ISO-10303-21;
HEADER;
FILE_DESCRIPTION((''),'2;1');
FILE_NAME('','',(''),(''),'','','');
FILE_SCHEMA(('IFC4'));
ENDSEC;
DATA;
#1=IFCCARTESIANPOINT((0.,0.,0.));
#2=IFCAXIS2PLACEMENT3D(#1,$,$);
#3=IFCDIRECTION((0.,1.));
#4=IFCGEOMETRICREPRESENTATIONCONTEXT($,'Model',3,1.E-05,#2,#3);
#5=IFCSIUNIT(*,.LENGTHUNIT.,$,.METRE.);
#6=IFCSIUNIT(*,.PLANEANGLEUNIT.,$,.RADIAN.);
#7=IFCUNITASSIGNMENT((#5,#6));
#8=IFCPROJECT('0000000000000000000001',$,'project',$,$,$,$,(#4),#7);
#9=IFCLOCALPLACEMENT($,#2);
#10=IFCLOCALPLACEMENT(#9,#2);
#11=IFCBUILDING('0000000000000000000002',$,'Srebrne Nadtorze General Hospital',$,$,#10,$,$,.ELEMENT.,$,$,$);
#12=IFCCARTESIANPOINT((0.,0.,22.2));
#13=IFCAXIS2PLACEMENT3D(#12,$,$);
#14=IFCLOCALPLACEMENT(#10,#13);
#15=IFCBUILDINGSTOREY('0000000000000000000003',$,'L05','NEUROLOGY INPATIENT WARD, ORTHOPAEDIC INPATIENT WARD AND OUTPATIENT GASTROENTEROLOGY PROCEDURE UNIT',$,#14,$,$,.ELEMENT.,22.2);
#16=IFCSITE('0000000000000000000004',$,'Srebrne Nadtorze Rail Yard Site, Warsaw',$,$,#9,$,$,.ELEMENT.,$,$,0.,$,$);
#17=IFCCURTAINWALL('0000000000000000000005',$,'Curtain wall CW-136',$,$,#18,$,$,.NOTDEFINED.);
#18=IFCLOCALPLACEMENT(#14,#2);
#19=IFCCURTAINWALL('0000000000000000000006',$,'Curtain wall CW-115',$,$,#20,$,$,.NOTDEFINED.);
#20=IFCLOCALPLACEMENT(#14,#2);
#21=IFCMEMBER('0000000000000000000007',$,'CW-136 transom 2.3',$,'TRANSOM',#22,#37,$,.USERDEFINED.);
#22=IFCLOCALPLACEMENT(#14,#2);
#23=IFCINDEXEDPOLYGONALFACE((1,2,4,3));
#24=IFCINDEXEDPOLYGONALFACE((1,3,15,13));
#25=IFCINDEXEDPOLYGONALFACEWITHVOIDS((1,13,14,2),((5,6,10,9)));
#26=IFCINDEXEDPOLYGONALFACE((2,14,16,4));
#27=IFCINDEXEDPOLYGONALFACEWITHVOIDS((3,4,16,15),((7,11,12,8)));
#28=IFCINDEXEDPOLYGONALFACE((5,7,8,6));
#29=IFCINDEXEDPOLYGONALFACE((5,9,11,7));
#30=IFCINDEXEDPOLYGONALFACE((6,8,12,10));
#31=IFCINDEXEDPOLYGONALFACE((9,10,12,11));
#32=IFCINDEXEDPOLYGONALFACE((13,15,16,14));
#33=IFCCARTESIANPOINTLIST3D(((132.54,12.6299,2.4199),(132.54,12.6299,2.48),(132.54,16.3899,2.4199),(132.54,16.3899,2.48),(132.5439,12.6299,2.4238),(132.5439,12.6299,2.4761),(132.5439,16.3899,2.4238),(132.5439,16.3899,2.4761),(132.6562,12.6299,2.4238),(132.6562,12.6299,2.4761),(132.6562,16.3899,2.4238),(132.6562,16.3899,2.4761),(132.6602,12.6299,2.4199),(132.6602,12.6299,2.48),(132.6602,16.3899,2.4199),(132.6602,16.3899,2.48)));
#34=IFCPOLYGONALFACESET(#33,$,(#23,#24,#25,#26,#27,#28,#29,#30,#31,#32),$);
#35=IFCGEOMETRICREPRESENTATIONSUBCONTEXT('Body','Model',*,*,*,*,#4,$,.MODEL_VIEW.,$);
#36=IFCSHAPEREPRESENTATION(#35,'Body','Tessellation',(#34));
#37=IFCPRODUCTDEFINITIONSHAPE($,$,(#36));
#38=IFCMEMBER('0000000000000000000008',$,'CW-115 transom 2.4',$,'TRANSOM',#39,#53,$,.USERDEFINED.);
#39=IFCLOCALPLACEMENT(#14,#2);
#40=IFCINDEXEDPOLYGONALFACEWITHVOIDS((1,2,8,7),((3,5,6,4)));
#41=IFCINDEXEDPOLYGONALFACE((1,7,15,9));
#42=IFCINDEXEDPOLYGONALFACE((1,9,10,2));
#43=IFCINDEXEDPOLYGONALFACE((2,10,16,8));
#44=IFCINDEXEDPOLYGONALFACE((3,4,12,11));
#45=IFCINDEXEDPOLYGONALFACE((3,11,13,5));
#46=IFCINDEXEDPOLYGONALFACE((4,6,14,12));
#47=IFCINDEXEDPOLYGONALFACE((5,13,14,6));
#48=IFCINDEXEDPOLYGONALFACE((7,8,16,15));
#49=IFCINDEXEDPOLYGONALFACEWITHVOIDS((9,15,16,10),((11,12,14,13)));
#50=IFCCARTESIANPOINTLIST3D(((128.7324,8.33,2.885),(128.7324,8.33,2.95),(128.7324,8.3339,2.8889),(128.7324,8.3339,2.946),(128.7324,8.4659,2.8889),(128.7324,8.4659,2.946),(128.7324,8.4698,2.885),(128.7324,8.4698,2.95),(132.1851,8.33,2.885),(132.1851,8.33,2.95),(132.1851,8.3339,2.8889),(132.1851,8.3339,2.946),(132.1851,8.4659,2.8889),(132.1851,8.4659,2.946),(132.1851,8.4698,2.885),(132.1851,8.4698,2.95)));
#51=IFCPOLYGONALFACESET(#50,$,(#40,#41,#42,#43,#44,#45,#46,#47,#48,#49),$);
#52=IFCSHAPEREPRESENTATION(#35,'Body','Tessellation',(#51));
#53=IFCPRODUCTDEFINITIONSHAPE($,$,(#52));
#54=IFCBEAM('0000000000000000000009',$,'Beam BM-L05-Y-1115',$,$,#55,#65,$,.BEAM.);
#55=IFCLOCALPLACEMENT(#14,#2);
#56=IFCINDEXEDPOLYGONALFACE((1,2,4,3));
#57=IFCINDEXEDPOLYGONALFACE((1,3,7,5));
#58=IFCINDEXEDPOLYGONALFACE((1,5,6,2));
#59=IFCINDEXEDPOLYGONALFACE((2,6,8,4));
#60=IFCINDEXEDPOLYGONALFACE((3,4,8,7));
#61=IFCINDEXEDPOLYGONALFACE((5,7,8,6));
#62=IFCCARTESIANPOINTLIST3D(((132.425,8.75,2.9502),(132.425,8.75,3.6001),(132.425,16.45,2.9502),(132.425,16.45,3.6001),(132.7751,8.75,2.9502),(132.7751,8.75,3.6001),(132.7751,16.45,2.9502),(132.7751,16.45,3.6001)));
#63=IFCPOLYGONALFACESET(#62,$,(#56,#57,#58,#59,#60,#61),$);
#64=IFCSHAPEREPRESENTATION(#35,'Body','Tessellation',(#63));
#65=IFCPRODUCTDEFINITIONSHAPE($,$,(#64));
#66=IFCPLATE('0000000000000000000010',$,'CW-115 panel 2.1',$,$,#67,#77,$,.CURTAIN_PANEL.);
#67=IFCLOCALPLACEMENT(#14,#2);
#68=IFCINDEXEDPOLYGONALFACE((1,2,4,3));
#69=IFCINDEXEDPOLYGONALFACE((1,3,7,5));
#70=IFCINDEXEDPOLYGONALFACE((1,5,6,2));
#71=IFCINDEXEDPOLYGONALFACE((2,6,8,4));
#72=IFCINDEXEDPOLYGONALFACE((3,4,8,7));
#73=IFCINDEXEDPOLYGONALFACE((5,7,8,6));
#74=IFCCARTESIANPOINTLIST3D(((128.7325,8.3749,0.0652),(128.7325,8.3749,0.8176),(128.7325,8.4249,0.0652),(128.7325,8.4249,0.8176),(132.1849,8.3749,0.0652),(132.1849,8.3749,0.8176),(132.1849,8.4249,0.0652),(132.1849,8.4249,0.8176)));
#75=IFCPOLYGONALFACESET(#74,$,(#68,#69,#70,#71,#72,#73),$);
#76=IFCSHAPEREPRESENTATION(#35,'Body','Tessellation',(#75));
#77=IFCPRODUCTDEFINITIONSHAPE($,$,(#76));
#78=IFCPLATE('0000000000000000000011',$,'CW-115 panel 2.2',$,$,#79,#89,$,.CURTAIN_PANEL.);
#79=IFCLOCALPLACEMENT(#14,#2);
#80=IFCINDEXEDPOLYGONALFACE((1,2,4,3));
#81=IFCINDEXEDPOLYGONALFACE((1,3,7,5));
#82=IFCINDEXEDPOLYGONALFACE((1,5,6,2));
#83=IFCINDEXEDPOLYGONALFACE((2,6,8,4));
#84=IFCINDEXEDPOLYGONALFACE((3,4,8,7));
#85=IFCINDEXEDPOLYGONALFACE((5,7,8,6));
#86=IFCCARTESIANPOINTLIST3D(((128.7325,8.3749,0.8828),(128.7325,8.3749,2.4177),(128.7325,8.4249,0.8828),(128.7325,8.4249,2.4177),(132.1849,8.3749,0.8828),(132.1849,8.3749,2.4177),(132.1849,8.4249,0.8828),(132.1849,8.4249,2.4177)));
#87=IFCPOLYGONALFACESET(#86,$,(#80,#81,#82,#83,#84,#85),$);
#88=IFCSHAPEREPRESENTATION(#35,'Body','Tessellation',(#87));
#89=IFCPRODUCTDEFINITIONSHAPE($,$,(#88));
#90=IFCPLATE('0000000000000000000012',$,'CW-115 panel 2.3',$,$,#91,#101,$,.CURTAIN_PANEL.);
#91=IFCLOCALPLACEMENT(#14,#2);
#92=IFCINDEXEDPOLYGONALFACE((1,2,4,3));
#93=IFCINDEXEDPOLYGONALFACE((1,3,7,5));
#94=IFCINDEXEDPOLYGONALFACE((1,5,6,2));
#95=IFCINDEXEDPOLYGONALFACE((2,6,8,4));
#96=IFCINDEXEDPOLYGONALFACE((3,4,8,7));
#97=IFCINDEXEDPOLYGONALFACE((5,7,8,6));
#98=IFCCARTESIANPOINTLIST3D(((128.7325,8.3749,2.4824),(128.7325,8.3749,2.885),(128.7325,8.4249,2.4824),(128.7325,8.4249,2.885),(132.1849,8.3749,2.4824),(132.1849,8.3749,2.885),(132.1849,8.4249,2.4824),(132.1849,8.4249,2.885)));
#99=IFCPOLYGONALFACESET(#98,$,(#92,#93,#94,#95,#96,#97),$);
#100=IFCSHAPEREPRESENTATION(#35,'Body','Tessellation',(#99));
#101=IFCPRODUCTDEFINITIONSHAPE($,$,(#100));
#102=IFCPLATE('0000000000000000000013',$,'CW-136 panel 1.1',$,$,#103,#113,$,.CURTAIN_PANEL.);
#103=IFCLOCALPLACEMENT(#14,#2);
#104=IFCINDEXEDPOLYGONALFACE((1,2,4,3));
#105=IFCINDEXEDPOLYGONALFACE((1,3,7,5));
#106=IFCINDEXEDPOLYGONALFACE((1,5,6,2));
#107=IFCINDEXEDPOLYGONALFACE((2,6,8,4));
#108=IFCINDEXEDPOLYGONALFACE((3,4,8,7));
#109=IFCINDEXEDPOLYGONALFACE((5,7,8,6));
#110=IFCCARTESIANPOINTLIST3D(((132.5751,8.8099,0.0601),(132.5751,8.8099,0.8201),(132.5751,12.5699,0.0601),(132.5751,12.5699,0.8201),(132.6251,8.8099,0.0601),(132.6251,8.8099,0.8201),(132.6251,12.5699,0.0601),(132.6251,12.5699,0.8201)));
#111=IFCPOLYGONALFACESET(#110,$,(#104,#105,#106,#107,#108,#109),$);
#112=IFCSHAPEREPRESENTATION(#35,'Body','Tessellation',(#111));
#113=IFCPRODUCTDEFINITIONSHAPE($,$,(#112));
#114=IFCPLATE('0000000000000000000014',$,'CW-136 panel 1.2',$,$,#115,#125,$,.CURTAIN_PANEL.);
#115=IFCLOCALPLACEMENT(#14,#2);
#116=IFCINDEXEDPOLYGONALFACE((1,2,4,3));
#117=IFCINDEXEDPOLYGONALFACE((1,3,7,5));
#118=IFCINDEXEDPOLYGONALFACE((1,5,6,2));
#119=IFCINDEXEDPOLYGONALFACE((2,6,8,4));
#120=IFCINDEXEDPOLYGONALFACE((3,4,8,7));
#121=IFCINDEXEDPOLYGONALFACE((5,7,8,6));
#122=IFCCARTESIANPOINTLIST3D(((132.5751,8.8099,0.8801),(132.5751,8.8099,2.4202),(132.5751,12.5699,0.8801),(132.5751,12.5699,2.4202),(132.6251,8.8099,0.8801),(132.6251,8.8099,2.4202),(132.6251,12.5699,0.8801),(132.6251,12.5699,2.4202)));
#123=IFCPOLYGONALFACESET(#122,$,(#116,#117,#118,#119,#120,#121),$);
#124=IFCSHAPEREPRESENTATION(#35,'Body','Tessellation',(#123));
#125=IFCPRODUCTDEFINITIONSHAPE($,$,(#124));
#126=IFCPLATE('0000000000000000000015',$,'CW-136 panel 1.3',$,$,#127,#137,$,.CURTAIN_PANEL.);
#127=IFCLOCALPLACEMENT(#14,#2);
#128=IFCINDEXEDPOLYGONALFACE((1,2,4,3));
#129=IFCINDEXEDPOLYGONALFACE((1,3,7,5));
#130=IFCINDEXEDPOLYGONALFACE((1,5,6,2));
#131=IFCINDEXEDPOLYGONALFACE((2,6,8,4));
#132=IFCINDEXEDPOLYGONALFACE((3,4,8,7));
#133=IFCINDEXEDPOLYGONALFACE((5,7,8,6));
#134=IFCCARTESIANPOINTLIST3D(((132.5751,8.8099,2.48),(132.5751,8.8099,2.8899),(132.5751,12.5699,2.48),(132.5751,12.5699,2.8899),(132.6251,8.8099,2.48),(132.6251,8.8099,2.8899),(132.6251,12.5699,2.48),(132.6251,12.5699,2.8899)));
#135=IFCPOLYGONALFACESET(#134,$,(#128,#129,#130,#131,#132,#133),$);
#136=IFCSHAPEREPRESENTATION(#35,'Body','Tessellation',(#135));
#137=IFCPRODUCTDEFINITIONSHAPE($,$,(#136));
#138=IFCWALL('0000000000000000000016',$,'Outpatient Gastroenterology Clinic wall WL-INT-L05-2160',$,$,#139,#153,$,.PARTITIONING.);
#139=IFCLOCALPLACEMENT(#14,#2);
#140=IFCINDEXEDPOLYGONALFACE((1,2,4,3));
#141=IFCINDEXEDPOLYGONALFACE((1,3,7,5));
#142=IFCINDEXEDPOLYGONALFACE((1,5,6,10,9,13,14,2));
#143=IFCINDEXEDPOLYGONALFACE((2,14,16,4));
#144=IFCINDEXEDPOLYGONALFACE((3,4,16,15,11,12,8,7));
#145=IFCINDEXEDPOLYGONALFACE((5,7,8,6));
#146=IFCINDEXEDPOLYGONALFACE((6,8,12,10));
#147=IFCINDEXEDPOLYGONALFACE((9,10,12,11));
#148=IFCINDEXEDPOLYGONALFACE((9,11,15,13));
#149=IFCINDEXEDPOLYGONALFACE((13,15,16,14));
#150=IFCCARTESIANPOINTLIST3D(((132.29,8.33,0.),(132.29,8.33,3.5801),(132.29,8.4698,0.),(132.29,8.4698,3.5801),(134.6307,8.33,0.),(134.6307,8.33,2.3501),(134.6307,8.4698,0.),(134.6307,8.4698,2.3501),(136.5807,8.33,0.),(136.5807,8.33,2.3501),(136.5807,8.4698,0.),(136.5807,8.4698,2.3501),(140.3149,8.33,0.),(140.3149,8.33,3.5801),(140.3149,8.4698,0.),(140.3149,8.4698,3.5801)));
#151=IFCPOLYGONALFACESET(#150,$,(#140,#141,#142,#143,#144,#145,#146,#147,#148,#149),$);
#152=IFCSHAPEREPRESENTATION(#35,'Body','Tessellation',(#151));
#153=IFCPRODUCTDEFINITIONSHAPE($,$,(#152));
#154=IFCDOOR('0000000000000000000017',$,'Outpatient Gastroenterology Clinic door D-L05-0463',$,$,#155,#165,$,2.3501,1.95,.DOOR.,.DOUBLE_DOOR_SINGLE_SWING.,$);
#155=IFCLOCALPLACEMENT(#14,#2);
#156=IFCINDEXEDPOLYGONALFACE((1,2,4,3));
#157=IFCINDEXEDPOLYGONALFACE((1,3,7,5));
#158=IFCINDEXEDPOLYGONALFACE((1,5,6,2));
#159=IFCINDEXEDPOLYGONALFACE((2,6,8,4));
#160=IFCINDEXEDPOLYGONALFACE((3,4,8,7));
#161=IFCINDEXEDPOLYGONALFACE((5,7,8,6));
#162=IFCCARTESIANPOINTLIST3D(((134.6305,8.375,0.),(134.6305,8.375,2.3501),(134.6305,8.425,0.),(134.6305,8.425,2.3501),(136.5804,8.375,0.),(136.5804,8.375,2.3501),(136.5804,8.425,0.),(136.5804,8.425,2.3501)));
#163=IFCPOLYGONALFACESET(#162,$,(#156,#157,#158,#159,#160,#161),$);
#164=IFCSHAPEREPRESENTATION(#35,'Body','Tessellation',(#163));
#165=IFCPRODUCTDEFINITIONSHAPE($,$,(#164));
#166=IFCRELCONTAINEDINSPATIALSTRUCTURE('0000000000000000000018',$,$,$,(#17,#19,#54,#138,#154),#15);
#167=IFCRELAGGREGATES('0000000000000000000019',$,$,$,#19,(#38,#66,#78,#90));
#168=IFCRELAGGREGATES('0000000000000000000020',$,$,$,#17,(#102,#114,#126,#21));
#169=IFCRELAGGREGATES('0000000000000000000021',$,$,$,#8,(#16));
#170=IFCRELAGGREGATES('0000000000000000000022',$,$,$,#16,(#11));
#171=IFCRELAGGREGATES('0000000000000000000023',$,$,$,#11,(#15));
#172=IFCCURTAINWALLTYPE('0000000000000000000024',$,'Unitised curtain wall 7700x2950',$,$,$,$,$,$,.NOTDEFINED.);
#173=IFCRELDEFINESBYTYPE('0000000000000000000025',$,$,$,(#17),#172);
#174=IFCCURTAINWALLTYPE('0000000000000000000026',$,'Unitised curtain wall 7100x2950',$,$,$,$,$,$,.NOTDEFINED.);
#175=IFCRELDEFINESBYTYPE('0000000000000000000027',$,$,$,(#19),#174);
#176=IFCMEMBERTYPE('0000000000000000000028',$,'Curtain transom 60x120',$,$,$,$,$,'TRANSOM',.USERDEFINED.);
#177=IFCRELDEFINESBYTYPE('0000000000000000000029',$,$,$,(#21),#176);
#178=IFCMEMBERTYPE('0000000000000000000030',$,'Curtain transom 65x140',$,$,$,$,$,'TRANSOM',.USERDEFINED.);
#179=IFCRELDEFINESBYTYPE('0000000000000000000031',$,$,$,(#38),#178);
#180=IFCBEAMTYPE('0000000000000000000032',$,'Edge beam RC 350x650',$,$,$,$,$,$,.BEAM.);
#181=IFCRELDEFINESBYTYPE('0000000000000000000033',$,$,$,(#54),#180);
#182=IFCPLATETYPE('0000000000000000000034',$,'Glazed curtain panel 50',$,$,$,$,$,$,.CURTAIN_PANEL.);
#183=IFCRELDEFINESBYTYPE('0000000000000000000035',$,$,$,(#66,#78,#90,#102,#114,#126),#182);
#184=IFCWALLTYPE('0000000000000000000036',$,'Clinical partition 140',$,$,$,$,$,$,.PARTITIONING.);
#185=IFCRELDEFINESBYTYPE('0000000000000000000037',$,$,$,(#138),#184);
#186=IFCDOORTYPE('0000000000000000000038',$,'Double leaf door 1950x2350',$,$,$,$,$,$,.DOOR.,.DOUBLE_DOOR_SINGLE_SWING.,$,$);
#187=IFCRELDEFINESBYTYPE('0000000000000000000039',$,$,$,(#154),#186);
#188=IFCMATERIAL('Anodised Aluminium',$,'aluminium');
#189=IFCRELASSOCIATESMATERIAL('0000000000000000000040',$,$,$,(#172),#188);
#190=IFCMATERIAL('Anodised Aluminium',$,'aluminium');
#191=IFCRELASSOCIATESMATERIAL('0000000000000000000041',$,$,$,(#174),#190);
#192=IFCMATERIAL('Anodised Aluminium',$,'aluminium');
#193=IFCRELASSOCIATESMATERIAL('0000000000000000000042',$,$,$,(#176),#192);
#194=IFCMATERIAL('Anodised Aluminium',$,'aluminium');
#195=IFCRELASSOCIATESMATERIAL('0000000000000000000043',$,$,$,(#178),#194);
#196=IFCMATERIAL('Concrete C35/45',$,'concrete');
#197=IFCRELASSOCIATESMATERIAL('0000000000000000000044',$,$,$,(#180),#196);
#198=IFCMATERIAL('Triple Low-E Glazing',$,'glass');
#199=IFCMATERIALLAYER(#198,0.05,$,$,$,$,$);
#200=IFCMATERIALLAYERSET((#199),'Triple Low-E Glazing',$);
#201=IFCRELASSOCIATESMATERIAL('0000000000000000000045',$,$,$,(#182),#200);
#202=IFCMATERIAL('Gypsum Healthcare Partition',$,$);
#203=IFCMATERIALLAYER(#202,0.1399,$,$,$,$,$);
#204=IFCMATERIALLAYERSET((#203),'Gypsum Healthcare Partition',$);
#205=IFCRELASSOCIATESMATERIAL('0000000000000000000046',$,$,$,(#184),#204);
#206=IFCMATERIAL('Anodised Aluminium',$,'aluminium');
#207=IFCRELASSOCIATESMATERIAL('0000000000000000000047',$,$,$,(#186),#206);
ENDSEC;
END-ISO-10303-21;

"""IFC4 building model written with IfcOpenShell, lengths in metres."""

from ifc_helpers import new_model, si_unit, direction, frame, frame_2d, origin, origin_2d, place, context, subcontext, project, spatial, rectangle, hollow_rectangle, extrude, material, layer, layer_set, material_profile, profile_set, type_object, element, fill, aggregate, save


model = new_model("IFC4")

# Units and contexts
model_context = context("Model", 3, precision=1e-05, world=origin(), true_north=direction((0.0, 1.0)))
body_context = subcontext(model_context, "Body", "Model", "MODEL_VIEW")
ifc_project = project(units=[si_unit("LENGTHUNIT", "METRE"), si_unit("PLANEANGLEUNIT", "RADIAN")], contexts=[model_context])

# Site, building, storey
site_placement = place(None, origin())
site = spatial("IfcSite", under=ifc_project, at=site_placement, Name="Srebrne Nadtorze Rail Yard Site, Warsaw", CompositionType="ELEMENT", RefElevation=0.0)
building_placement = place(site_placement, origin())
building = spatial("IfcBuilding", under=site, at=building_placement, Name="Srebrne Nadtorze General Hospital", CompositionType="ELEMENT")
storey_placement = place(building_placement, frame((0.0, 0.0, 22.2)))
storey = spatial("IfcBuildingStorey", under=building, at=storey_placement, Name="L05", Description="NEUROLOGY INPATIENT WARD, ORTHOPAEDIC INPATIENT WARD AND OUTPATIENT GASTROENTEROLOGY PROCEDURE UNIT", CompositionType="ELEMENT", Elevation=22.2)

# Curtain wall
ifc_material_1 = material(Name="Anodised Aluminium", Category="aluminium")
curtain_wall_type_1 = type_object("IfcCurtainWallType", Name="Unitised curtain wall 7700x2950", PredefinedType="NOTDEFINED", material=ifc_material_1)
curtain_wall_1_placement = place(storey_placement, origin())
curtain_wall_1 = element("IfcCurtainWall", 1, at=curtain_wall_1_placement, inside=storey, type_object=curtain_wall_type_1, Name="Curtain wall CW-136", PredefinedType="NOTDEFINED")

# Curtain wall
ifc_material_2 = material(Name="Anodised Aluminium", Category="aluminium")
curtain_wall_type_2 = type_object("IfcCurtainWallType", Name="Unitised curtain wall 7100x2950", PredefinedType="NOTDEFINED", material=ifc_material_2)
curtain_wall_2_placement = place(storey_placement, origin())
curtain_wall_2 = element("IfcCurtainWall", 2, at=curtain_wall_2_placement, inside=storey, type_object=curtain_wall_type_2, Name="Curtain wall CW-115", PredefinedType="NOTDEFINED")

# Members
ifc_material_3 = material(Name="Anodised Aluminium", Category="aluminium")
ifc_material_profile_1 = material_profile(ifc_material_3, hollow_rectangle(XDim=0.0601, YDim=0.1201, WallThickness=0.0039, at=origin_2d()), Name="AL-TRN-60x120")
ifc_profile_set_1 = profile_set([ifc_material_profile_1], Name="Anodised Aluminium")
member_type_1 = type_object("IfcMemberType", Name="Curtain transom 60x120", ElementType="TRANSOM", PredefinedType="USERDEFINED", material=ifc_profile_set_1)
member_1_placement = place(storey_placement, frame((132.6001, 12.6299, 2.45), z_axis=(0.0, 1.0, 0.0), x_axis=(0.0, 0.0, 1.0)))
member_1 = element("IfcMember", 3, at=member_1_placement, type_object=member_type_1, Name="CW-136 transom 2.3", ObjectType="TRANSOM", PredefinedType="USERDEFINED", context=body_context, shape_type="SweptSolid", body=[
    extrude(hollow_rectangle(XDim=0.0601, YDim=0.1201, WallThickness=0.0039, at=origin_2d()), origin(), (0.0, 0.0, 1.0), 3.76),
])
ifc_material_4 = material(Name="Anodised Aluminium", Category="aluminium")
ifc_material_profile_2 = material_profile(ifc_material_4, hollow_rectangle(XDim=0.0649, YDim=0.1399, WallThickness=0.0039, at=origin_2d()), Name="AL-TRN-65x140")
ifc_profile_set_2 = profile_set([ifc_material_profile_2], Name="Anodised Aluminium")
member_type_2 = type_object("IfcMemberType", Name="Curtain transom 65x140", ElementType="TRANSOM", PredefinedType="USERDEFINED", material=ifc_profile_set_2)
member_2_placement = place(storey_placement, frame((128.7324, 8.3999, 2.9175), z_axis=(1.0, 0.0, 0.0), x_axis=(0.0, 0.0, 1.0)))
member_2 = element("IfcMember", 4, at=member_2_placement, type_object=member_type_2, Name="CW-115 transom 2.4", ObjectType="TRANSOM", PredefinedType="USERDEFINED", context=body_context, shape_type="SweptSolid", body=[
    extrude(hollow_rectangle(XDim=0.0649, YDim=0.1399, WallThickness=0.0039, at=origin_2d()), origin(), (0.0, 0.0, 1.0), 3.4526),
])

# Beam
ifc_material_5 = material(Name="Concrete C35/45", Category="concrete")
ifc_material_profile_3 = material_profile(ifc_material_5, rectangle(XDim=0.3501, YDim=0.6499, at=origin_2d()), Name="RC-BM-350x650")
ifc_profile_set_3 = profile_set([ifc_material_profile_3], Name="Concrete C35/45")
beam_type = type_object("IfcBeamType", Name="Edge beam RC 350x650", PredefinedType="BEAM", material=ifc_profile_set_3)
beam_placement = place(storey_placement, frame((132.6001, 8.75, 3.2751), z_axis=(0.0, 1.0, 0.0), x_axis=(-1.0, 0.0, 0.0)))
element("IfcBeam", 5, at=beam_placement, inside=storey, type_object=beam_type, Name="Beam BM-L05-Y-1115", PredefinedType="BEAM", context=body_context, shape_type="SweptSolid", body=[
    extrude(rectangle(XDim=0.3501, YDim=0.6499, at=origin_2d()), origin(), (0.0, 0.0, 1.0), 7.7),
])

# Plates
ifc_material_6 = material(Name="Triple Low-E Glazing", Category="glass")
ifc_layer_1 = layer(ifc_material_6, 0.05)
ifc_layer_set_1 = layer_set([ifc_layer_1], Name="Triple Low-E Glazing")
plate_type = type_object("IfcPlateType", Name="Glazed curtain panel 50", PredefinedType="CURTAIN_PANEL", material=ifc_layer_set_1)
plate_1_placement = place(storey_placement, frame((130.4587, 8.3999, 0.0652), z_axis=(0.0, 0.0, 1.0), x_axis=(1.0, 0.0, 0.0)))
plate_1 = element("IfcPlate", 6, at=plate_1_placement, type_object=plate_type, Name="CW-115 panel 2.1", PredefinedType="CURTAIN_PANEL", context=body_context, shape_type="SweptSolid", body=[
    extrude(rectangle(XDim=3.4524, YDim=0.05, at=origin_2d()), origin(), (0.0, 0.0, 1.0), 0.7524),
])
plate_2_placement = place(storey_placement, frame((130.4587, 8.3999, 0.8828), z_axis=(0.0, 0.0, 1.0), x_axis=(1.0, 0.0, 0.0)))
plate_2 = element("IfcPlate", 7, at=plate_2_placement, type_object=plate_type, Name="CW-115 panel 2.2", PredefinedType="CURTAIN_PANEL", context=body_context, shape_type="SweptSolid", body=[
    extrude(rectangle(XDim=3.4524, YDim=0.05, at=origin_2d()), origin(), (0.0, 0.0, 1.0), 1.5349),
])
plate_3_placement = place(storey_placement, frame((130.4587, 8.3999, 2.4824), z_axis=(0.0, 0.0, 1.0), x_axis=(1.0, 0.0, 0.0)))
plate_3 = element("IfcPlate", 8, at=plate_3_placement, type_object=plate_type, Name="CW-115 panel 2.3", PredefinedType="CURTAIN_PANEL", context=body_context, shape_type="SweptSolid", body=[
    extrude(rectangle(XDim=3.4524, YDim=0.05, at=origin_2d()), origin(), (0.0, 0.0, 1.0), 0.4026),
])
aggregate(curtain_wall_2, [member_2, plate_1, plate_2, plate_3])
plate_4_placement = place(storey_placement, frame((132.6001, 10.6899, 0.0601), z_axis=(0.0, 0.0, 1.0), x_axis=(0.0, 1.0, 0.0)))
plate_4 = element("IfcPlate", 9, at=plate_4_placement, type_object=plate_type, Name="CW-136 panel 1.1", PredefinedType="CURTAIN_PANEL", context=body_context, shape_type="SweptSolid", body=[
    extrude(rectangle(XDim=3.76, YDim=0.05, at=origin_2d()), origin(), (0.0, 0.0, 1.0), 0.76),
])
plate_5_placement = place(storey_placement, frame((132.6001, 10.6899, 0.8801), z_axis=(0.0, 0.0, 1.0), x_axis=(0.0, 1.0, 0.0)))
plate_5 = element("IfcPlate", 10, at=plate_5_placement, type_object=plate_type, Name="CW-136 panel 1.2", PredefinedType="CURTAIN_PANEL", context=body_context, shape_type="SweptSolid", body=[
    extrude(rectangle(XDim=3.76, YDim=0.05, at=origin_2d()), origin(), (0.0, 0.0, 1.0), 1.54),
])
plate_6_placement = place(storey_placement, frame((132.6001, 10.6899, 2.48), z_axis=(0.0, 0.0, 1.0), x_axis=(0.0, 1.0, 0.0)))
plate_6 = element("IfcPlate", 11, at=plate_6_placement, type_object=plate_type, Name="CW-136 panel 1.3", PredefinedType="CURTAIN_PANEL", context=body_context, shape_type="SweptSolid", body=[
    extrude(rectangle(XDim=3.76, YDim=0.05, at=origin_2d()), origin(), (0.0, 0.0, 1.0), 0.4099),
])
aggregate(curtain_wall_1, [plate_4, plate_5, plate_6, member_1])

# Wall, opening, door
ifc_material_7 = material(Name="Gypsum Healthcare Partition")
ifc_layer_2 = layer(ifc_material_7, 0.1399)
ifc_layer_set_2 = layer_set([ifc_layer_2], Name="Gypsum Healthcare Partition")
wall_type = type_object("IfcWallType", Name="Clinical partition 140", PredefinedType="PARTITIONING", material=ifc_layer_set_2)
wall_placement = place(storey_placement, frame((132.29, 8.3999, 0.0), z_axis=(0.0, 0.0, 1.0), x_axis=(1.0, 0.0, 0.0)))
wall = element("IfcWall", 12, at=wall_placement, inside=storey, type_object=wall_type, Name="Outpatient Gastroenterology Clinic wall WL-INT-L05-2160", PredefinedType="PARTITIONING", context=body_context, shape_type="SweptSolid", body=[
    extrude(rectangle(XDim=8.0249, YDim=0.1399, at=frame_2d((4.0125, 0.0))), origin(), (0.0, 0.0, 1.0), 3.5801),
])
opening_placement = place(wall_placement, frame((2.3406, 0.0, 0.0)))
opening = element("IfcOpeningElement", 13, at=opening_placement, cuts=wall, PredefinedType="OPENING", context=body_context, shape_type="SweptSolid", body=[
    extrude(rectangle(XDim=1.95, YDim=2.3501, at=frame_2d((0.9751, 1.175))), frame((0.0, 0.082, 0.0), z_axis=(0.0, -1.0, 0.0), x_axis=(1.0, 0.0, 0.0)), (0.0, 0.0, 1.0), 0.1638),
])
ifc_material_8 = material(Name="Anodised Aluminium", Category="aluminium")
door_type = type_object("IfcDoorType", Name="Double leaf door 1950x2350", OperationType="DOUBLE_DOOR_SINGLE_SWING", PredefinedType="DOOR", material=ifc_material_8)
door_placement = place(opening_placement, frame((1.95, 0.0, 0.0), z_axis=(0.0, 0.0, 1.0), x_axis=(-1.0, 0.0, 0.0)))
door = element("IfcDoor", 14, at=door_placement, inside=storey, type_object=door_type, Name="Outpatient Gastroenterology Clinic door D-L05-0463", OperationType="DOUBLE_DOOR_SINGLE_SWING", OverallHeight=2.3501, OverallWidth=1.95, PredefinedType="DOOR", context=body_context, shape_type="SweptSolid", body=[
    extrude(rectangle(XDim=1.95, YDim=2.3501, at=frame_2d((0.9751, 1.175))), frame((0.0, 0.0249, 0.0), z_axis=(0.0, -1.0, 0.0), x_axis=(1.0, 0.0, 0.0)), (0.0, 0.0, 1.0), 0.05),
])
fill(opening, door)

save(model, "model.ifc")
